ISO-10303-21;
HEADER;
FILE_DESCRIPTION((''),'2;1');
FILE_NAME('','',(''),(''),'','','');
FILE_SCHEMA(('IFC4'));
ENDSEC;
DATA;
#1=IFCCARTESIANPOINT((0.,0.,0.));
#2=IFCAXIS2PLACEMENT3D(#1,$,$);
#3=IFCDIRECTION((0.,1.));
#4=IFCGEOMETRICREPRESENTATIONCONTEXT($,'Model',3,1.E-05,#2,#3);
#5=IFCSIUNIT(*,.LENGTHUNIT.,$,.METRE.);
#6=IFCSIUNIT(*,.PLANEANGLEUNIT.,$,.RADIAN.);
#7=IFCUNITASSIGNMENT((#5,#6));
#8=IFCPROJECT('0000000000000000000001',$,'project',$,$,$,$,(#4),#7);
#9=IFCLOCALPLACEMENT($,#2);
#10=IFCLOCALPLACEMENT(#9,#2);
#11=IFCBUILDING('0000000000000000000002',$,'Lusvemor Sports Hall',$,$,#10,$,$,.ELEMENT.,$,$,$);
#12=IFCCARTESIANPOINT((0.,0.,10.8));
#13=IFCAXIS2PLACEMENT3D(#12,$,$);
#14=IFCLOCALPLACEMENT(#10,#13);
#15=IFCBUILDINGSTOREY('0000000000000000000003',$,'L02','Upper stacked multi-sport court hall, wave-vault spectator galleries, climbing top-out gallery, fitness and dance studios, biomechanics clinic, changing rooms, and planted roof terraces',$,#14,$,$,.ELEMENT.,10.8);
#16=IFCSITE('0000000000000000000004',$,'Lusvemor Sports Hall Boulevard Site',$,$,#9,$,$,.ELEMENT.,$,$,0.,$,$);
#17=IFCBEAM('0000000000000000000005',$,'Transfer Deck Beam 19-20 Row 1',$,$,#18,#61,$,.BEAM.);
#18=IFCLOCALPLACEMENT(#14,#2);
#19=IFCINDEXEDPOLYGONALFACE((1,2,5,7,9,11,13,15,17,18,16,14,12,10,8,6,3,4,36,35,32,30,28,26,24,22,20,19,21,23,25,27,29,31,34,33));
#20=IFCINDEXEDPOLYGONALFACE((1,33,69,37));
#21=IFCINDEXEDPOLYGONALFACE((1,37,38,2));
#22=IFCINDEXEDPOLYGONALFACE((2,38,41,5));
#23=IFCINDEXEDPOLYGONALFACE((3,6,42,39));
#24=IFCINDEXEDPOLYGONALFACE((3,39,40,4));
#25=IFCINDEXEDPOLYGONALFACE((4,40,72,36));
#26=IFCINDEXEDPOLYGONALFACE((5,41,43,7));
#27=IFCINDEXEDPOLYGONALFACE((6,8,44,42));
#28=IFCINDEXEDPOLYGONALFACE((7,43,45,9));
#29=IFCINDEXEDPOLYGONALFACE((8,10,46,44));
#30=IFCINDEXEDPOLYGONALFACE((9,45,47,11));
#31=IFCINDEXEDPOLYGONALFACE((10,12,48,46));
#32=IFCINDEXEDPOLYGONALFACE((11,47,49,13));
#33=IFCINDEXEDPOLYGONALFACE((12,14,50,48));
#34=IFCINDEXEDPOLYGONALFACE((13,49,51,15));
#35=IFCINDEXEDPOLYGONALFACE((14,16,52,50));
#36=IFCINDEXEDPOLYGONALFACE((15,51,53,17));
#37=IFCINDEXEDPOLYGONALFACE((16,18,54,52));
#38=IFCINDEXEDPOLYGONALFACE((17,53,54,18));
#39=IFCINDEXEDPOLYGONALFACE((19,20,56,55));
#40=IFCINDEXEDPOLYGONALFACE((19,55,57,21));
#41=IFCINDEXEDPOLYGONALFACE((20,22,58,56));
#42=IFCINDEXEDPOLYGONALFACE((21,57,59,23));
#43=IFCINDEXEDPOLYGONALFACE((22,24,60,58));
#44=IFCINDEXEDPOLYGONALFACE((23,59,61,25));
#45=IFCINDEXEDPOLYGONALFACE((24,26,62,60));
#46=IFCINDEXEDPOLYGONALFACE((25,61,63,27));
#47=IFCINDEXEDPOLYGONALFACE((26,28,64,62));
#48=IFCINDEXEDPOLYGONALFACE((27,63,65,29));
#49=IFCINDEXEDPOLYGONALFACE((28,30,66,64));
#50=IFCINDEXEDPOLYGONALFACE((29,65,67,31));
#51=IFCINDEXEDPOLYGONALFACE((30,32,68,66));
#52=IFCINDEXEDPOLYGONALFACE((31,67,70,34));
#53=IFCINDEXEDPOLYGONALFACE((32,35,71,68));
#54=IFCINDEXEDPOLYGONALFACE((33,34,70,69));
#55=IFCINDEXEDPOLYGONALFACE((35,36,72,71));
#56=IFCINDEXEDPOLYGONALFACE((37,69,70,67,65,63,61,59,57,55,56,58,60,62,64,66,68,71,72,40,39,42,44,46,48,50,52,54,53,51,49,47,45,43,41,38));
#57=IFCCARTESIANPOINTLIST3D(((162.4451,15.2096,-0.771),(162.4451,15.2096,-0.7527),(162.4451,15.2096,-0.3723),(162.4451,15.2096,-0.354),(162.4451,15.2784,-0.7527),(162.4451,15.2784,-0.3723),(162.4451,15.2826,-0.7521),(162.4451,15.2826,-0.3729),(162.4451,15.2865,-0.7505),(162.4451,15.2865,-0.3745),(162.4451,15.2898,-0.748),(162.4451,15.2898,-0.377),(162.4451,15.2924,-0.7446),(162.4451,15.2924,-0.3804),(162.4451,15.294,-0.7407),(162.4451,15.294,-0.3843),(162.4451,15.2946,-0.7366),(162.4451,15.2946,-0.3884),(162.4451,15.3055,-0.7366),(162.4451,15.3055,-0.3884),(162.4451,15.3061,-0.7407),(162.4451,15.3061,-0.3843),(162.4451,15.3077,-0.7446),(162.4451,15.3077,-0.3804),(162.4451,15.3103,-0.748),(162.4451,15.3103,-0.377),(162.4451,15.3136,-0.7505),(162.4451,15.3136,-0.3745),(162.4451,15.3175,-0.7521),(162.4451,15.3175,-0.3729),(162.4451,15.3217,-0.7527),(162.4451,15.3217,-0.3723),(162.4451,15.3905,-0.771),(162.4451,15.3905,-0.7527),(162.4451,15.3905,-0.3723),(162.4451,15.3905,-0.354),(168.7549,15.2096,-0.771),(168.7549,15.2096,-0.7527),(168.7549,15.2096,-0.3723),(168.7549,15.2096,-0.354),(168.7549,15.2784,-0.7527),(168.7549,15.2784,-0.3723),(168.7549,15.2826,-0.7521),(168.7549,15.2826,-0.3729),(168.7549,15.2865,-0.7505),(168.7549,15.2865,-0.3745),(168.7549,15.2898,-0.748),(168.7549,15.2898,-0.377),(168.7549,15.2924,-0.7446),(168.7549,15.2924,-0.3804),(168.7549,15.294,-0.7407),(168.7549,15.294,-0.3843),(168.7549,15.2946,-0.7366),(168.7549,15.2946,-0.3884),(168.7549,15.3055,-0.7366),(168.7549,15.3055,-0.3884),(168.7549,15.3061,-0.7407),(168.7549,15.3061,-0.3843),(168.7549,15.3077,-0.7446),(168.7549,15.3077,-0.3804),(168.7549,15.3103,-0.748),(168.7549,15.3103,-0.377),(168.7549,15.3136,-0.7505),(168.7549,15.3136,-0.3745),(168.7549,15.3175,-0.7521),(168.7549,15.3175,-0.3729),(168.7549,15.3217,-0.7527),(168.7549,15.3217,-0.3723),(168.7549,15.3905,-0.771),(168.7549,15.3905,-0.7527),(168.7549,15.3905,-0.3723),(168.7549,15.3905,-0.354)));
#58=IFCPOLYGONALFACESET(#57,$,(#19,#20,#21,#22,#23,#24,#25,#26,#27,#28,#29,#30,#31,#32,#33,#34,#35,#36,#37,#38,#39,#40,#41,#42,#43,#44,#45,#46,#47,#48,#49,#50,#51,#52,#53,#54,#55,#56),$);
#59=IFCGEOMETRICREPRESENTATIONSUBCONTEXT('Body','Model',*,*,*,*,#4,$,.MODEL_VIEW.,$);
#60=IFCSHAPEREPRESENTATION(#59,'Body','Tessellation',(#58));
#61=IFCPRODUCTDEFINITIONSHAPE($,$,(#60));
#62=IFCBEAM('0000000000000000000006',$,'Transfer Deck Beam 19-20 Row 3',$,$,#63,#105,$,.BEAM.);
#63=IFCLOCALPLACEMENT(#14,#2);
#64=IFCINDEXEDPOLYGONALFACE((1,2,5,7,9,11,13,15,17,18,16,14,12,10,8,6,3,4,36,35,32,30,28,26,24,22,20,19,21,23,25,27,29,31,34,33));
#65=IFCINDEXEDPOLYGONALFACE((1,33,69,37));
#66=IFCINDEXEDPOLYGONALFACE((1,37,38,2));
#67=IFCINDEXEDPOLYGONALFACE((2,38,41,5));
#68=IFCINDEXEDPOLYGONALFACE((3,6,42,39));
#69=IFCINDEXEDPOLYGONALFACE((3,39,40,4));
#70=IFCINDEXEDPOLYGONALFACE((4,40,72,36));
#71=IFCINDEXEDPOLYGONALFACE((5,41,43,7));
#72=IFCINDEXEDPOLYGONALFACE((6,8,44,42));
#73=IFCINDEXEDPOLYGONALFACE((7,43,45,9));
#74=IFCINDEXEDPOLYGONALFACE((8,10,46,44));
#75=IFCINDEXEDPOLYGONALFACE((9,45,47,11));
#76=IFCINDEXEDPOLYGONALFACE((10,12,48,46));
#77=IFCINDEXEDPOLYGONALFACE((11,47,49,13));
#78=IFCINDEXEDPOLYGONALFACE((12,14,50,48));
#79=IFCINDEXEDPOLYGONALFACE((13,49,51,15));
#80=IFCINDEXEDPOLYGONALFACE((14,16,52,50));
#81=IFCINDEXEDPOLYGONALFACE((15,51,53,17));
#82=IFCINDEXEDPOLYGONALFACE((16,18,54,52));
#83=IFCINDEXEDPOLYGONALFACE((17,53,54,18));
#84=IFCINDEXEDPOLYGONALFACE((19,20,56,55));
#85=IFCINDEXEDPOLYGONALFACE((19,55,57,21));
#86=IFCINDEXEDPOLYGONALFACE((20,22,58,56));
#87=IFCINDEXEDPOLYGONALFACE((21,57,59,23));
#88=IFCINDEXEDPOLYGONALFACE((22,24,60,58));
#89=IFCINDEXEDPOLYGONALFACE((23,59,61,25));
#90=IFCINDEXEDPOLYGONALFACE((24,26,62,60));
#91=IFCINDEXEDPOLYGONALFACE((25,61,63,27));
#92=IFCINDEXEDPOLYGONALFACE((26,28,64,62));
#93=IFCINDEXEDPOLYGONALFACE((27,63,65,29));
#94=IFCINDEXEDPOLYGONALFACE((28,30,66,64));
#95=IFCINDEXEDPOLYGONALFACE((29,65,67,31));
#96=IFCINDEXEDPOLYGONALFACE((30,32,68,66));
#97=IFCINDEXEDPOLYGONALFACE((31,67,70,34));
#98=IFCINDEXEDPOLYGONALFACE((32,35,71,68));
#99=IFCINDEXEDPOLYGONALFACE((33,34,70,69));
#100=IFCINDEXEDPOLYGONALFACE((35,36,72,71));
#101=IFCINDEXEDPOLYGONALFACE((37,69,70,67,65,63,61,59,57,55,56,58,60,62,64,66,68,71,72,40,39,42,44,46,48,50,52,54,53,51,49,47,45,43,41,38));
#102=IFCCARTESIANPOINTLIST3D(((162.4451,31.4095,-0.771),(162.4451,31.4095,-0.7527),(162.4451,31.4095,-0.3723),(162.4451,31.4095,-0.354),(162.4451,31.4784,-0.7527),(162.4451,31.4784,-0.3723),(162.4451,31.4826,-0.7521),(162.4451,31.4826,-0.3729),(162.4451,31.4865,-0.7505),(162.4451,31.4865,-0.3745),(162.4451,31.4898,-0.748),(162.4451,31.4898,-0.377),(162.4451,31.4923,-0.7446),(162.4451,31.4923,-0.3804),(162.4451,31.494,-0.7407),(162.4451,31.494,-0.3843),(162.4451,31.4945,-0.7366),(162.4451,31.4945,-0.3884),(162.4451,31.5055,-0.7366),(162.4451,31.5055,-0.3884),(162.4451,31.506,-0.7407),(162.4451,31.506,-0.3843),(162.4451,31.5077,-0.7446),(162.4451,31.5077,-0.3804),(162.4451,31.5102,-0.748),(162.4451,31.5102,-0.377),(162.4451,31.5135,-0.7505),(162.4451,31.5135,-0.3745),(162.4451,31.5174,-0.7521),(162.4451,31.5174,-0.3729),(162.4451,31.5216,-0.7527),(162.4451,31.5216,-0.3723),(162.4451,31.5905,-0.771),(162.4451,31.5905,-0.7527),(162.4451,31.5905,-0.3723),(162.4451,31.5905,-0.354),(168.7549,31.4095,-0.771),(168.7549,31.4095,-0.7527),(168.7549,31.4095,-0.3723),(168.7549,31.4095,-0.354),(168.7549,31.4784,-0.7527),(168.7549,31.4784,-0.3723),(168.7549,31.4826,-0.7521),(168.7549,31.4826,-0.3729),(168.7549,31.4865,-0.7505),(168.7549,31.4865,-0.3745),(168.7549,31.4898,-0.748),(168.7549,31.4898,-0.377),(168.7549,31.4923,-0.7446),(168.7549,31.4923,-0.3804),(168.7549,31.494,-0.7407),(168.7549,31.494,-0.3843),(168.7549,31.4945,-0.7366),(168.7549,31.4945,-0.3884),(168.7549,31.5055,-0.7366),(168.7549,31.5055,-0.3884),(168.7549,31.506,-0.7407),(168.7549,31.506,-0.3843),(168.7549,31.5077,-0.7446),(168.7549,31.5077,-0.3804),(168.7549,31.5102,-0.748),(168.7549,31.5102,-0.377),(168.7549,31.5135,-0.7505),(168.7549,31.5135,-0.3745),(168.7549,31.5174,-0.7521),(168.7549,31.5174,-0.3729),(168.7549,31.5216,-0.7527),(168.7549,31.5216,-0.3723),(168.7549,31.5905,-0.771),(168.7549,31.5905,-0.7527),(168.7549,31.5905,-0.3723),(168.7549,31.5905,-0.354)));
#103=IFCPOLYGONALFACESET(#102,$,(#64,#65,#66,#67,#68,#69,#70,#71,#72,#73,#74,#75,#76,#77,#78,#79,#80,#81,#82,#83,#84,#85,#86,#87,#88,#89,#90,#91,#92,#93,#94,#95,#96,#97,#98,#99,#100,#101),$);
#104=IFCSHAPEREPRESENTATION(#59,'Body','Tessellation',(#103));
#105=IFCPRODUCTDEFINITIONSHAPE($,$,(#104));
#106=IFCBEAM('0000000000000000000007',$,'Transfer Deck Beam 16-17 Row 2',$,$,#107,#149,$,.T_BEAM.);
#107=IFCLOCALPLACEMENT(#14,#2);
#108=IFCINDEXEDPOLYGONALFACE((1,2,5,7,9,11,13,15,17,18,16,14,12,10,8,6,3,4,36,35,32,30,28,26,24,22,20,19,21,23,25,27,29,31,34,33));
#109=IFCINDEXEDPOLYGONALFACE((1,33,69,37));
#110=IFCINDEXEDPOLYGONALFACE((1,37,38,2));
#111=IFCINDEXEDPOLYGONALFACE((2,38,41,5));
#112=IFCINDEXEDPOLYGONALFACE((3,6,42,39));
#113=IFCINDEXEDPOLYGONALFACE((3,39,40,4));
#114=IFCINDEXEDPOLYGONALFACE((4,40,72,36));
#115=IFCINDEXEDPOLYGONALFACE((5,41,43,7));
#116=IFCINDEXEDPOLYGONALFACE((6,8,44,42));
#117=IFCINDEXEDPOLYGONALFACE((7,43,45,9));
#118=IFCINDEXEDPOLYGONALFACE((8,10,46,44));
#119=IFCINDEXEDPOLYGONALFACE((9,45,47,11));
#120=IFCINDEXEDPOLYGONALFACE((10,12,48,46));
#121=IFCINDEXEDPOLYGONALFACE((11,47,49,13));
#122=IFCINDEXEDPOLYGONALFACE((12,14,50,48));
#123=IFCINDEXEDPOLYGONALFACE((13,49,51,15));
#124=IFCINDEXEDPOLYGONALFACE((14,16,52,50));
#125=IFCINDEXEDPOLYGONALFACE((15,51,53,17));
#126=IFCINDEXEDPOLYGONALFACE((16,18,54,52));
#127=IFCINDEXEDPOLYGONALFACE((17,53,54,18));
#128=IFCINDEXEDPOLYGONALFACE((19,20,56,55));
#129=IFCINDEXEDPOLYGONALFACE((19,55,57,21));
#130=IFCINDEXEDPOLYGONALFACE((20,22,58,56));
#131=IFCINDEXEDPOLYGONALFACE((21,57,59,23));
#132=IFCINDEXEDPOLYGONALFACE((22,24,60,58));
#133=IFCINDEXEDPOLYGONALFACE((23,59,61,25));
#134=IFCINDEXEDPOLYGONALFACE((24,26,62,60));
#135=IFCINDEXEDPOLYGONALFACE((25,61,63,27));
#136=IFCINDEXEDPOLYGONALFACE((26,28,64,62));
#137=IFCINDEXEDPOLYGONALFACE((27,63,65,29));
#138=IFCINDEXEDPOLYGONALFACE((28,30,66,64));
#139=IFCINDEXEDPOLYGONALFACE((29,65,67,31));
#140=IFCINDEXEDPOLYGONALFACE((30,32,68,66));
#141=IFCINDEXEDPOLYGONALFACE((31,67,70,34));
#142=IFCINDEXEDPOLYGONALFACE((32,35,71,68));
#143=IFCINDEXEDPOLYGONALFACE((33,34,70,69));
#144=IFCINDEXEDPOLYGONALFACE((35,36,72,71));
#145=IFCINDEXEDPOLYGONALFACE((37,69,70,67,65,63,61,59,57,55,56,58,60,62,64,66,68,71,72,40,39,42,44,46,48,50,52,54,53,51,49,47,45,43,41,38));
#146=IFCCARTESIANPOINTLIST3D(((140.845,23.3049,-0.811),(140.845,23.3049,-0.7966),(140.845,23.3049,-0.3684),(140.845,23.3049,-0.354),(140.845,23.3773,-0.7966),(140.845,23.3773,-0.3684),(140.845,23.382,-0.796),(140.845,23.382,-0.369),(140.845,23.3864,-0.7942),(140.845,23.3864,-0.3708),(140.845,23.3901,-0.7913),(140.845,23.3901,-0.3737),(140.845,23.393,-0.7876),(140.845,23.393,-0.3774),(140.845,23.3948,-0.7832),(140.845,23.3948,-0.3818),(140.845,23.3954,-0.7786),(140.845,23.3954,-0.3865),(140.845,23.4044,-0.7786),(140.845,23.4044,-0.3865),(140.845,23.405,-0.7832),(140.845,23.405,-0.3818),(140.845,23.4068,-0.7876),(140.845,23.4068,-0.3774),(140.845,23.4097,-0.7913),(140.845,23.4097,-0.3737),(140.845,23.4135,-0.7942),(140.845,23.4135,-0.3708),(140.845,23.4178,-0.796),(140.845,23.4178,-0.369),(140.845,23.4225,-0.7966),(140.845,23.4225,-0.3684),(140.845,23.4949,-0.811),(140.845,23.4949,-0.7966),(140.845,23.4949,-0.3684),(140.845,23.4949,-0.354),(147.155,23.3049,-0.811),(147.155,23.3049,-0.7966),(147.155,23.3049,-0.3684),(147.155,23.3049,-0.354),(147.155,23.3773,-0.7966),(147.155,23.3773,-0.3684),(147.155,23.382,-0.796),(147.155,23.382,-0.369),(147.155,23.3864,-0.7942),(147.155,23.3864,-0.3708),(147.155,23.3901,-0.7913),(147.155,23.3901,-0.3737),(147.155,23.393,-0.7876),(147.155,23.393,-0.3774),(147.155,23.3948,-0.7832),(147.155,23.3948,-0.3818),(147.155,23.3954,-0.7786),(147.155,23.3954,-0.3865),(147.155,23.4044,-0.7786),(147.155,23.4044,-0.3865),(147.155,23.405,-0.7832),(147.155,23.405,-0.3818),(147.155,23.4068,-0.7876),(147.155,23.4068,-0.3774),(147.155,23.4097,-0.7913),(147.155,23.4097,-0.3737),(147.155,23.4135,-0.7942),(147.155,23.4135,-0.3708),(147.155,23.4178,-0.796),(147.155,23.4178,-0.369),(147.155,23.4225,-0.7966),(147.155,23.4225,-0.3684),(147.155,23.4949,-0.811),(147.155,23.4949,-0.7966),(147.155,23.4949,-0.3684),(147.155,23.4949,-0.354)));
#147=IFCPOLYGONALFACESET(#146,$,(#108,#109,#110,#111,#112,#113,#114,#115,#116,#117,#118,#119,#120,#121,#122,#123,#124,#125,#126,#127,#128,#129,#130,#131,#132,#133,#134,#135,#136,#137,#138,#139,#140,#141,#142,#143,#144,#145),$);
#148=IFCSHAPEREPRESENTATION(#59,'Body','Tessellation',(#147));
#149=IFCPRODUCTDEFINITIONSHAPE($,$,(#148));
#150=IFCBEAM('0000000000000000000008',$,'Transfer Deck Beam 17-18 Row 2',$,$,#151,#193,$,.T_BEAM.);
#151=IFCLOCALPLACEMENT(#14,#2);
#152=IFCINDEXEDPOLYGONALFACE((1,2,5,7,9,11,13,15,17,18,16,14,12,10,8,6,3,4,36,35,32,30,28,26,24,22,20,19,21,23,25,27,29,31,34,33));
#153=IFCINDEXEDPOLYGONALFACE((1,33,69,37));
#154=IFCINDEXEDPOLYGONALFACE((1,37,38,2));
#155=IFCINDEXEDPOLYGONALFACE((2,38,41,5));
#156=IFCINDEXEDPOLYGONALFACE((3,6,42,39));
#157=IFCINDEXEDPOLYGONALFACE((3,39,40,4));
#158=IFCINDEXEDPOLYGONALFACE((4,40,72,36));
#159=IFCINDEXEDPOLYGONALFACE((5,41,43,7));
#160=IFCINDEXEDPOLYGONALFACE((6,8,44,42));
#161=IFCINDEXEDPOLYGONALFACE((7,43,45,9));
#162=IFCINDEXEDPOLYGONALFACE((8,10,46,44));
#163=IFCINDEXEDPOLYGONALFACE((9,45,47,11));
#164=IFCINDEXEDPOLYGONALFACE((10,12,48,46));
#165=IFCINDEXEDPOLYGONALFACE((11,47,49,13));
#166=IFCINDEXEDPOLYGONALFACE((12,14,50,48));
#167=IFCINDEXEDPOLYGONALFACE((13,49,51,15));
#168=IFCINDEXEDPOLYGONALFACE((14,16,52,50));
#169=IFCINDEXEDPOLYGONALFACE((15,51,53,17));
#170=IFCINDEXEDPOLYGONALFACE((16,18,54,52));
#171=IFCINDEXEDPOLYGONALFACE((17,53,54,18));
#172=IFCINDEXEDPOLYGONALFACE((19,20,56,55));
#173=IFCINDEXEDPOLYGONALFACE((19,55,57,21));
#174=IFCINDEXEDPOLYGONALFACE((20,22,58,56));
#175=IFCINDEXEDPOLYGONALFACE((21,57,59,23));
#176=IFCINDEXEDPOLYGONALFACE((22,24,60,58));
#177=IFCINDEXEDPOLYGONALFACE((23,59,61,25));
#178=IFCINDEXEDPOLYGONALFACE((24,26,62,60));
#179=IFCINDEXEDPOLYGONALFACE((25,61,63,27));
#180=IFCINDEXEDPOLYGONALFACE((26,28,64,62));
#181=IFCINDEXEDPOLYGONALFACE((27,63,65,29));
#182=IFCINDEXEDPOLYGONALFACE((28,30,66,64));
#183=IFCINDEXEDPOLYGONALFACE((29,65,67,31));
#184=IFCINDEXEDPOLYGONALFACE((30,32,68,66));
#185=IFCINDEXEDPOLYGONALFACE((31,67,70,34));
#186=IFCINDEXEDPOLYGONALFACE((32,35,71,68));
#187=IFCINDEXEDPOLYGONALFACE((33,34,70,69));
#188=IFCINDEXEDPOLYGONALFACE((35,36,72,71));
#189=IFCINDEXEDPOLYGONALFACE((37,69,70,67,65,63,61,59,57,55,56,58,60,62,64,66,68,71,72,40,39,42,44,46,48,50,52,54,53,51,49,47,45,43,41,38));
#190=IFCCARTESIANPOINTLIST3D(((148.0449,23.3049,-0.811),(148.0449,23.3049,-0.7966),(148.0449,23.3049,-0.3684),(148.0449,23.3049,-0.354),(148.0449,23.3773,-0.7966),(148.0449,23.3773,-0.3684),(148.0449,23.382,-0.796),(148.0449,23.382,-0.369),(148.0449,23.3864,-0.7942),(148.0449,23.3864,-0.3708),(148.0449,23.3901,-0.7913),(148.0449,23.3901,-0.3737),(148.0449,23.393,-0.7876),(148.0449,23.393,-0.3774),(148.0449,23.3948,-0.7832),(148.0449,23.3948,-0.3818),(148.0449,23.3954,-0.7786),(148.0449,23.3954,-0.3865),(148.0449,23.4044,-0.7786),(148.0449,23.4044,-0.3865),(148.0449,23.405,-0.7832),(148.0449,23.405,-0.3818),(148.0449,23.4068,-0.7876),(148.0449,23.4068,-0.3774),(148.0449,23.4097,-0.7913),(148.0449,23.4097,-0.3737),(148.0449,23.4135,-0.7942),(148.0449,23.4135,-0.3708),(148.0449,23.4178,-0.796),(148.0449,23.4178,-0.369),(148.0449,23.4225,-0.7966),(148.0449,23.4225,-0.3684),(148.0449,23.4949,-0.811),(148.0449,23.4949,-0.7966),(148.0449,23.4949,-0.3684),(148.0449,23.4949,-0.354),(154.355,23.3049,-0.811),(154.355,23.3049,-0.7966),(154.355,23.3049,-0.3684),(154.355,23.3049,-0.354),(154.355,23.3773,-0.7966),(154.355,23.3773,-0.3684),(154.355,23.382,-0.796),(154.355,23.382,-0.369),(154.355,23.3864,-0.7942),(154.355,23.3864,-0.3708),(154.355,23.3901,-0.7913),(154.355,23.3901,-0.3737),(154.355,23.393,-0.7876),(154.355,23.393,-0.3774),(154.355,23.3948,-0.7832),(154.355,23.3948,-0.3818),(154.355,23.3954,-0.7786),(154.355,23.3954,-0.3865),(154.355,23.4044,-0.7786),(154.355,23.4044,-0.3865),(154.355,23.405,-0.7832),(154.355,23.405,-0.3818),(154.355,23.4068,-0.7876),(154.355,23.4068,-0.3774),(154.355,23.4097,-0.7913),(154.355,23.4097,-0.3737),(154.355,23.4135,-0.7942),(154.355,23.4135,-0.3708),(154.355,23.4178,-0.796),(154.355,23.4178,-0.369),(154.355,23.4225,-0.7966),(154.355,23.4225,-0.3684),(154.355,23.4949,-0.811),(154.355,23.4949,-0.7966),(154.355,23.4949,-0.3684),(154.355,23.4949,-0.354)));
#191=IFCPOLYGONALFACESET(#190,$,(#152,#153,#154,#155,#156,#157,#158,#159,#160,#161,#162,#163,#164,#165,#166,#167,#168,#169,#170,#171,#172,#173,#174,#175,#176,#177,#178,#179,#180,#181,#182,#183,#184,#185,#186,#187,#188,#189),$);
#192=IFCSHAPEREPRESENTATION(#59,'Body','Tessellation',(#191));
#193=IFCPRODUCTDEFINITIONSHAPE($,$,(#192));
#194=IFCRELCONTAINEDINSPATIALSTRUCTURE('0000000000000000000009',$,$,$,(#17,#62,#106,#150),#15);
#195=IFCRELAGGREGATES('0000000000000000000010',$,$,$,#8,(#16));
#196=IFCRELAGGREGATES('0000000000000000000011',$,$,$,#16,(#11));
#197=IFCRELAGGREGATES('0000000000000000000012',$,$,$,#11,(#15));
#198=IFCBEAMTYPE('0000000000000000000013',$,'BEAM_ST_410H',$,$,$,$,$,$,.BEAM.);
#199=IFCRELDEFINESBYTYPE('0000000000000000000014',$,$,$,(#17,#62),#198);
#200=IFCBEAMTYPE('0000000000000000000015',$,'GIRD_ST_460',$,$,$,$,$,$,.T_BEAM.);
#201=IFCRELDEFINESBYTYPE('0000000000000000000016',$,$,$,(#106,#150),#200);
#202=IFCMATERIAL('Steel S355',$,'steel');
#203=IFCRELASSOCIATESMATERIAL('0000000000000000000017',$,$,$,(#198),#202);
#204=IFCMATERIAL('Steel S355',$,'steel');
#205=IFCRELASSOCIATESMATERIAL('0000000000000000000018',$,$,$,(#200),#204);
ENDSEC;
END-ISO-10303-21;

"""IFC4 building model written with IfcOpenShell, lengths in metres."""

from ifc_helpers import new_model, si_unit, direction, frame, origin, origin_2d, place, context, subcontext, project, spatial, i_section, extrude, material, material_profile, profile_set, type_object, element, save


model = new_model("IFC4")

# Units and contexts
model_context = context("Model", 3, precision=1e-05, world=origin(), true_north=direction((0.0, 1.0)))
body_context = subcontext(model_context, "Body", "Model", "MODEL_VIEW")
ifc_project = project(units=[si_unit("LENGTHUNIT", "METRE"), si_unit("PLANEANGLEUNIT", "RADIAN")], contexts=[model_context])

# Site, building, storey
site_placement = place(None, origin())
site = spatial("IfcSite", under=ifc_project, at=site_placement, Name="Lusvemor Sports Hall Boulevard Site", CompositionType="ELEMENT", RefElevation=0.0)
building_placement = place(site_placement, origin())
building = spatial("IfcBuilding", under=site, at=building_placement, Name="Lusvemor Sports Hall", CompositionType="ELEMENT")
storey_placement = place(building_placement, frame((0.0, 0.0, 10.8)))
storey = spatial("IfcBuildingStorey", under=building, at=storey_placement, Name="L02", Description="Upper stacked multi-sport court hall, wave-vault spectator galleries, climbing top-out gallery, fitness and dance studios, biomechanics clinic, changing rooms, and planted roof terraces", CompositionType="ELEMENT", Elevation=10.8)

# Beams
ifc_material_1 = material(Name="Steel S355", Category="steel")
ifc_material_profile_1 = material_profile(ifc_material_1, i_section(OverallWidth=0.1809, OverallDepth=0.417, WebThickness=0.011, FlangeThickness=0.0183, FilletRadius=0.0161, at=origin_2d()), Name="W410x85.0")
ifc_profile_set_1 = profile_set([ifc_material_profile_1], Name="Steel S355")
beam_type_1 = type_object("IfcBeamType", Name="BEAM_ST_410H", PredefinedType="BEAM", material=ifc_profile_set_1)
for number, where, z_axis, x_axis, name in (
    (1, (162.4451, 15.3, -0.5625), (1.0, 0.0, 0.0), (0.0, 1.0, 0.0), "Transfer Deck Beam 19-20 Row 1"),
    (2, (162.4451, 31.5, -0.5625), (1.0, 0.0, 0.0), (0.0, 1.0, 0.0), "Transfer Deck Beam 19-20 Row 3"),
):
    element("IfcBeam", number, at=place(storey_placement, frame(where, z_axis=z_axis, x_axis=x_axis)), inside=storey, type_object=beam_type_1, Name=name, PredefinedType="BEAM", context=body_context, shape_type="SweptSolid", body=[
        extrude(i_section(OverallWidth=0.1809, OverallDepth=0.417, WebThickness=0.011, FlangeThickness=0.0183, FilletRadius=0.0161, at=origin_2d()), origin(), (0.0, 0.0, 1.0), 6.3098),
    ])
ifc_material_2 = material(Name="Steel S355", Category="steel")
ifc_material_profile_2 = material_profile(ifc_material_2, i_section(OverallWidth=0.1899, OverallDepth=0.457, WebThickness=0.009, FlangeThickness=0.0144, FilletRadius=0.0181, at=origin_2d()), Name="W460x74.0")
ifc_profile_set_2 = profile_set([ifc_material_profile_2], Name="Steel S355")
beam_type_2 = type_object("IfcBeamType", Name="GIRD_ST_460", PredefinedType="T_BEAM", material=ifc_profile_set_2)
for number, where, z_axis, x_axis, name in (
    (3, (140.845, 23.3999, -0.5825), (1.0, 0.0, 0.0), (0.0, 1.0, 0.0), "Transfer Deck Beam 16-17 Row 2"),
    (4, (148.0449, 23.3999, -0.5825), (1.0, 0.0, 0.0), (0.0, 1.0, 0.0), "Transfer Deck Beam 17-18 Row 2"),
):
    element("IfcBeam", number, at=place(storey_placement, frame(where, z_axis=z_axis, x_axis=x_axis)), inside=storey, type_object=beam_type_2, Name=name, PredefinedType="T_BEAM", context=body_context, shape_type="SweptSolid", body=[
        extrude(i_section(OverallWidth=0.1899, OverallDepth=0.457, WebThickness=0.009, FlangeThickness=0.0144, FilletRadius=0.0181, at=origin_2d()), origin(), (0.0, 0.0, 1.0), 6.3101),
    ])

save(model, "model.ifc")
